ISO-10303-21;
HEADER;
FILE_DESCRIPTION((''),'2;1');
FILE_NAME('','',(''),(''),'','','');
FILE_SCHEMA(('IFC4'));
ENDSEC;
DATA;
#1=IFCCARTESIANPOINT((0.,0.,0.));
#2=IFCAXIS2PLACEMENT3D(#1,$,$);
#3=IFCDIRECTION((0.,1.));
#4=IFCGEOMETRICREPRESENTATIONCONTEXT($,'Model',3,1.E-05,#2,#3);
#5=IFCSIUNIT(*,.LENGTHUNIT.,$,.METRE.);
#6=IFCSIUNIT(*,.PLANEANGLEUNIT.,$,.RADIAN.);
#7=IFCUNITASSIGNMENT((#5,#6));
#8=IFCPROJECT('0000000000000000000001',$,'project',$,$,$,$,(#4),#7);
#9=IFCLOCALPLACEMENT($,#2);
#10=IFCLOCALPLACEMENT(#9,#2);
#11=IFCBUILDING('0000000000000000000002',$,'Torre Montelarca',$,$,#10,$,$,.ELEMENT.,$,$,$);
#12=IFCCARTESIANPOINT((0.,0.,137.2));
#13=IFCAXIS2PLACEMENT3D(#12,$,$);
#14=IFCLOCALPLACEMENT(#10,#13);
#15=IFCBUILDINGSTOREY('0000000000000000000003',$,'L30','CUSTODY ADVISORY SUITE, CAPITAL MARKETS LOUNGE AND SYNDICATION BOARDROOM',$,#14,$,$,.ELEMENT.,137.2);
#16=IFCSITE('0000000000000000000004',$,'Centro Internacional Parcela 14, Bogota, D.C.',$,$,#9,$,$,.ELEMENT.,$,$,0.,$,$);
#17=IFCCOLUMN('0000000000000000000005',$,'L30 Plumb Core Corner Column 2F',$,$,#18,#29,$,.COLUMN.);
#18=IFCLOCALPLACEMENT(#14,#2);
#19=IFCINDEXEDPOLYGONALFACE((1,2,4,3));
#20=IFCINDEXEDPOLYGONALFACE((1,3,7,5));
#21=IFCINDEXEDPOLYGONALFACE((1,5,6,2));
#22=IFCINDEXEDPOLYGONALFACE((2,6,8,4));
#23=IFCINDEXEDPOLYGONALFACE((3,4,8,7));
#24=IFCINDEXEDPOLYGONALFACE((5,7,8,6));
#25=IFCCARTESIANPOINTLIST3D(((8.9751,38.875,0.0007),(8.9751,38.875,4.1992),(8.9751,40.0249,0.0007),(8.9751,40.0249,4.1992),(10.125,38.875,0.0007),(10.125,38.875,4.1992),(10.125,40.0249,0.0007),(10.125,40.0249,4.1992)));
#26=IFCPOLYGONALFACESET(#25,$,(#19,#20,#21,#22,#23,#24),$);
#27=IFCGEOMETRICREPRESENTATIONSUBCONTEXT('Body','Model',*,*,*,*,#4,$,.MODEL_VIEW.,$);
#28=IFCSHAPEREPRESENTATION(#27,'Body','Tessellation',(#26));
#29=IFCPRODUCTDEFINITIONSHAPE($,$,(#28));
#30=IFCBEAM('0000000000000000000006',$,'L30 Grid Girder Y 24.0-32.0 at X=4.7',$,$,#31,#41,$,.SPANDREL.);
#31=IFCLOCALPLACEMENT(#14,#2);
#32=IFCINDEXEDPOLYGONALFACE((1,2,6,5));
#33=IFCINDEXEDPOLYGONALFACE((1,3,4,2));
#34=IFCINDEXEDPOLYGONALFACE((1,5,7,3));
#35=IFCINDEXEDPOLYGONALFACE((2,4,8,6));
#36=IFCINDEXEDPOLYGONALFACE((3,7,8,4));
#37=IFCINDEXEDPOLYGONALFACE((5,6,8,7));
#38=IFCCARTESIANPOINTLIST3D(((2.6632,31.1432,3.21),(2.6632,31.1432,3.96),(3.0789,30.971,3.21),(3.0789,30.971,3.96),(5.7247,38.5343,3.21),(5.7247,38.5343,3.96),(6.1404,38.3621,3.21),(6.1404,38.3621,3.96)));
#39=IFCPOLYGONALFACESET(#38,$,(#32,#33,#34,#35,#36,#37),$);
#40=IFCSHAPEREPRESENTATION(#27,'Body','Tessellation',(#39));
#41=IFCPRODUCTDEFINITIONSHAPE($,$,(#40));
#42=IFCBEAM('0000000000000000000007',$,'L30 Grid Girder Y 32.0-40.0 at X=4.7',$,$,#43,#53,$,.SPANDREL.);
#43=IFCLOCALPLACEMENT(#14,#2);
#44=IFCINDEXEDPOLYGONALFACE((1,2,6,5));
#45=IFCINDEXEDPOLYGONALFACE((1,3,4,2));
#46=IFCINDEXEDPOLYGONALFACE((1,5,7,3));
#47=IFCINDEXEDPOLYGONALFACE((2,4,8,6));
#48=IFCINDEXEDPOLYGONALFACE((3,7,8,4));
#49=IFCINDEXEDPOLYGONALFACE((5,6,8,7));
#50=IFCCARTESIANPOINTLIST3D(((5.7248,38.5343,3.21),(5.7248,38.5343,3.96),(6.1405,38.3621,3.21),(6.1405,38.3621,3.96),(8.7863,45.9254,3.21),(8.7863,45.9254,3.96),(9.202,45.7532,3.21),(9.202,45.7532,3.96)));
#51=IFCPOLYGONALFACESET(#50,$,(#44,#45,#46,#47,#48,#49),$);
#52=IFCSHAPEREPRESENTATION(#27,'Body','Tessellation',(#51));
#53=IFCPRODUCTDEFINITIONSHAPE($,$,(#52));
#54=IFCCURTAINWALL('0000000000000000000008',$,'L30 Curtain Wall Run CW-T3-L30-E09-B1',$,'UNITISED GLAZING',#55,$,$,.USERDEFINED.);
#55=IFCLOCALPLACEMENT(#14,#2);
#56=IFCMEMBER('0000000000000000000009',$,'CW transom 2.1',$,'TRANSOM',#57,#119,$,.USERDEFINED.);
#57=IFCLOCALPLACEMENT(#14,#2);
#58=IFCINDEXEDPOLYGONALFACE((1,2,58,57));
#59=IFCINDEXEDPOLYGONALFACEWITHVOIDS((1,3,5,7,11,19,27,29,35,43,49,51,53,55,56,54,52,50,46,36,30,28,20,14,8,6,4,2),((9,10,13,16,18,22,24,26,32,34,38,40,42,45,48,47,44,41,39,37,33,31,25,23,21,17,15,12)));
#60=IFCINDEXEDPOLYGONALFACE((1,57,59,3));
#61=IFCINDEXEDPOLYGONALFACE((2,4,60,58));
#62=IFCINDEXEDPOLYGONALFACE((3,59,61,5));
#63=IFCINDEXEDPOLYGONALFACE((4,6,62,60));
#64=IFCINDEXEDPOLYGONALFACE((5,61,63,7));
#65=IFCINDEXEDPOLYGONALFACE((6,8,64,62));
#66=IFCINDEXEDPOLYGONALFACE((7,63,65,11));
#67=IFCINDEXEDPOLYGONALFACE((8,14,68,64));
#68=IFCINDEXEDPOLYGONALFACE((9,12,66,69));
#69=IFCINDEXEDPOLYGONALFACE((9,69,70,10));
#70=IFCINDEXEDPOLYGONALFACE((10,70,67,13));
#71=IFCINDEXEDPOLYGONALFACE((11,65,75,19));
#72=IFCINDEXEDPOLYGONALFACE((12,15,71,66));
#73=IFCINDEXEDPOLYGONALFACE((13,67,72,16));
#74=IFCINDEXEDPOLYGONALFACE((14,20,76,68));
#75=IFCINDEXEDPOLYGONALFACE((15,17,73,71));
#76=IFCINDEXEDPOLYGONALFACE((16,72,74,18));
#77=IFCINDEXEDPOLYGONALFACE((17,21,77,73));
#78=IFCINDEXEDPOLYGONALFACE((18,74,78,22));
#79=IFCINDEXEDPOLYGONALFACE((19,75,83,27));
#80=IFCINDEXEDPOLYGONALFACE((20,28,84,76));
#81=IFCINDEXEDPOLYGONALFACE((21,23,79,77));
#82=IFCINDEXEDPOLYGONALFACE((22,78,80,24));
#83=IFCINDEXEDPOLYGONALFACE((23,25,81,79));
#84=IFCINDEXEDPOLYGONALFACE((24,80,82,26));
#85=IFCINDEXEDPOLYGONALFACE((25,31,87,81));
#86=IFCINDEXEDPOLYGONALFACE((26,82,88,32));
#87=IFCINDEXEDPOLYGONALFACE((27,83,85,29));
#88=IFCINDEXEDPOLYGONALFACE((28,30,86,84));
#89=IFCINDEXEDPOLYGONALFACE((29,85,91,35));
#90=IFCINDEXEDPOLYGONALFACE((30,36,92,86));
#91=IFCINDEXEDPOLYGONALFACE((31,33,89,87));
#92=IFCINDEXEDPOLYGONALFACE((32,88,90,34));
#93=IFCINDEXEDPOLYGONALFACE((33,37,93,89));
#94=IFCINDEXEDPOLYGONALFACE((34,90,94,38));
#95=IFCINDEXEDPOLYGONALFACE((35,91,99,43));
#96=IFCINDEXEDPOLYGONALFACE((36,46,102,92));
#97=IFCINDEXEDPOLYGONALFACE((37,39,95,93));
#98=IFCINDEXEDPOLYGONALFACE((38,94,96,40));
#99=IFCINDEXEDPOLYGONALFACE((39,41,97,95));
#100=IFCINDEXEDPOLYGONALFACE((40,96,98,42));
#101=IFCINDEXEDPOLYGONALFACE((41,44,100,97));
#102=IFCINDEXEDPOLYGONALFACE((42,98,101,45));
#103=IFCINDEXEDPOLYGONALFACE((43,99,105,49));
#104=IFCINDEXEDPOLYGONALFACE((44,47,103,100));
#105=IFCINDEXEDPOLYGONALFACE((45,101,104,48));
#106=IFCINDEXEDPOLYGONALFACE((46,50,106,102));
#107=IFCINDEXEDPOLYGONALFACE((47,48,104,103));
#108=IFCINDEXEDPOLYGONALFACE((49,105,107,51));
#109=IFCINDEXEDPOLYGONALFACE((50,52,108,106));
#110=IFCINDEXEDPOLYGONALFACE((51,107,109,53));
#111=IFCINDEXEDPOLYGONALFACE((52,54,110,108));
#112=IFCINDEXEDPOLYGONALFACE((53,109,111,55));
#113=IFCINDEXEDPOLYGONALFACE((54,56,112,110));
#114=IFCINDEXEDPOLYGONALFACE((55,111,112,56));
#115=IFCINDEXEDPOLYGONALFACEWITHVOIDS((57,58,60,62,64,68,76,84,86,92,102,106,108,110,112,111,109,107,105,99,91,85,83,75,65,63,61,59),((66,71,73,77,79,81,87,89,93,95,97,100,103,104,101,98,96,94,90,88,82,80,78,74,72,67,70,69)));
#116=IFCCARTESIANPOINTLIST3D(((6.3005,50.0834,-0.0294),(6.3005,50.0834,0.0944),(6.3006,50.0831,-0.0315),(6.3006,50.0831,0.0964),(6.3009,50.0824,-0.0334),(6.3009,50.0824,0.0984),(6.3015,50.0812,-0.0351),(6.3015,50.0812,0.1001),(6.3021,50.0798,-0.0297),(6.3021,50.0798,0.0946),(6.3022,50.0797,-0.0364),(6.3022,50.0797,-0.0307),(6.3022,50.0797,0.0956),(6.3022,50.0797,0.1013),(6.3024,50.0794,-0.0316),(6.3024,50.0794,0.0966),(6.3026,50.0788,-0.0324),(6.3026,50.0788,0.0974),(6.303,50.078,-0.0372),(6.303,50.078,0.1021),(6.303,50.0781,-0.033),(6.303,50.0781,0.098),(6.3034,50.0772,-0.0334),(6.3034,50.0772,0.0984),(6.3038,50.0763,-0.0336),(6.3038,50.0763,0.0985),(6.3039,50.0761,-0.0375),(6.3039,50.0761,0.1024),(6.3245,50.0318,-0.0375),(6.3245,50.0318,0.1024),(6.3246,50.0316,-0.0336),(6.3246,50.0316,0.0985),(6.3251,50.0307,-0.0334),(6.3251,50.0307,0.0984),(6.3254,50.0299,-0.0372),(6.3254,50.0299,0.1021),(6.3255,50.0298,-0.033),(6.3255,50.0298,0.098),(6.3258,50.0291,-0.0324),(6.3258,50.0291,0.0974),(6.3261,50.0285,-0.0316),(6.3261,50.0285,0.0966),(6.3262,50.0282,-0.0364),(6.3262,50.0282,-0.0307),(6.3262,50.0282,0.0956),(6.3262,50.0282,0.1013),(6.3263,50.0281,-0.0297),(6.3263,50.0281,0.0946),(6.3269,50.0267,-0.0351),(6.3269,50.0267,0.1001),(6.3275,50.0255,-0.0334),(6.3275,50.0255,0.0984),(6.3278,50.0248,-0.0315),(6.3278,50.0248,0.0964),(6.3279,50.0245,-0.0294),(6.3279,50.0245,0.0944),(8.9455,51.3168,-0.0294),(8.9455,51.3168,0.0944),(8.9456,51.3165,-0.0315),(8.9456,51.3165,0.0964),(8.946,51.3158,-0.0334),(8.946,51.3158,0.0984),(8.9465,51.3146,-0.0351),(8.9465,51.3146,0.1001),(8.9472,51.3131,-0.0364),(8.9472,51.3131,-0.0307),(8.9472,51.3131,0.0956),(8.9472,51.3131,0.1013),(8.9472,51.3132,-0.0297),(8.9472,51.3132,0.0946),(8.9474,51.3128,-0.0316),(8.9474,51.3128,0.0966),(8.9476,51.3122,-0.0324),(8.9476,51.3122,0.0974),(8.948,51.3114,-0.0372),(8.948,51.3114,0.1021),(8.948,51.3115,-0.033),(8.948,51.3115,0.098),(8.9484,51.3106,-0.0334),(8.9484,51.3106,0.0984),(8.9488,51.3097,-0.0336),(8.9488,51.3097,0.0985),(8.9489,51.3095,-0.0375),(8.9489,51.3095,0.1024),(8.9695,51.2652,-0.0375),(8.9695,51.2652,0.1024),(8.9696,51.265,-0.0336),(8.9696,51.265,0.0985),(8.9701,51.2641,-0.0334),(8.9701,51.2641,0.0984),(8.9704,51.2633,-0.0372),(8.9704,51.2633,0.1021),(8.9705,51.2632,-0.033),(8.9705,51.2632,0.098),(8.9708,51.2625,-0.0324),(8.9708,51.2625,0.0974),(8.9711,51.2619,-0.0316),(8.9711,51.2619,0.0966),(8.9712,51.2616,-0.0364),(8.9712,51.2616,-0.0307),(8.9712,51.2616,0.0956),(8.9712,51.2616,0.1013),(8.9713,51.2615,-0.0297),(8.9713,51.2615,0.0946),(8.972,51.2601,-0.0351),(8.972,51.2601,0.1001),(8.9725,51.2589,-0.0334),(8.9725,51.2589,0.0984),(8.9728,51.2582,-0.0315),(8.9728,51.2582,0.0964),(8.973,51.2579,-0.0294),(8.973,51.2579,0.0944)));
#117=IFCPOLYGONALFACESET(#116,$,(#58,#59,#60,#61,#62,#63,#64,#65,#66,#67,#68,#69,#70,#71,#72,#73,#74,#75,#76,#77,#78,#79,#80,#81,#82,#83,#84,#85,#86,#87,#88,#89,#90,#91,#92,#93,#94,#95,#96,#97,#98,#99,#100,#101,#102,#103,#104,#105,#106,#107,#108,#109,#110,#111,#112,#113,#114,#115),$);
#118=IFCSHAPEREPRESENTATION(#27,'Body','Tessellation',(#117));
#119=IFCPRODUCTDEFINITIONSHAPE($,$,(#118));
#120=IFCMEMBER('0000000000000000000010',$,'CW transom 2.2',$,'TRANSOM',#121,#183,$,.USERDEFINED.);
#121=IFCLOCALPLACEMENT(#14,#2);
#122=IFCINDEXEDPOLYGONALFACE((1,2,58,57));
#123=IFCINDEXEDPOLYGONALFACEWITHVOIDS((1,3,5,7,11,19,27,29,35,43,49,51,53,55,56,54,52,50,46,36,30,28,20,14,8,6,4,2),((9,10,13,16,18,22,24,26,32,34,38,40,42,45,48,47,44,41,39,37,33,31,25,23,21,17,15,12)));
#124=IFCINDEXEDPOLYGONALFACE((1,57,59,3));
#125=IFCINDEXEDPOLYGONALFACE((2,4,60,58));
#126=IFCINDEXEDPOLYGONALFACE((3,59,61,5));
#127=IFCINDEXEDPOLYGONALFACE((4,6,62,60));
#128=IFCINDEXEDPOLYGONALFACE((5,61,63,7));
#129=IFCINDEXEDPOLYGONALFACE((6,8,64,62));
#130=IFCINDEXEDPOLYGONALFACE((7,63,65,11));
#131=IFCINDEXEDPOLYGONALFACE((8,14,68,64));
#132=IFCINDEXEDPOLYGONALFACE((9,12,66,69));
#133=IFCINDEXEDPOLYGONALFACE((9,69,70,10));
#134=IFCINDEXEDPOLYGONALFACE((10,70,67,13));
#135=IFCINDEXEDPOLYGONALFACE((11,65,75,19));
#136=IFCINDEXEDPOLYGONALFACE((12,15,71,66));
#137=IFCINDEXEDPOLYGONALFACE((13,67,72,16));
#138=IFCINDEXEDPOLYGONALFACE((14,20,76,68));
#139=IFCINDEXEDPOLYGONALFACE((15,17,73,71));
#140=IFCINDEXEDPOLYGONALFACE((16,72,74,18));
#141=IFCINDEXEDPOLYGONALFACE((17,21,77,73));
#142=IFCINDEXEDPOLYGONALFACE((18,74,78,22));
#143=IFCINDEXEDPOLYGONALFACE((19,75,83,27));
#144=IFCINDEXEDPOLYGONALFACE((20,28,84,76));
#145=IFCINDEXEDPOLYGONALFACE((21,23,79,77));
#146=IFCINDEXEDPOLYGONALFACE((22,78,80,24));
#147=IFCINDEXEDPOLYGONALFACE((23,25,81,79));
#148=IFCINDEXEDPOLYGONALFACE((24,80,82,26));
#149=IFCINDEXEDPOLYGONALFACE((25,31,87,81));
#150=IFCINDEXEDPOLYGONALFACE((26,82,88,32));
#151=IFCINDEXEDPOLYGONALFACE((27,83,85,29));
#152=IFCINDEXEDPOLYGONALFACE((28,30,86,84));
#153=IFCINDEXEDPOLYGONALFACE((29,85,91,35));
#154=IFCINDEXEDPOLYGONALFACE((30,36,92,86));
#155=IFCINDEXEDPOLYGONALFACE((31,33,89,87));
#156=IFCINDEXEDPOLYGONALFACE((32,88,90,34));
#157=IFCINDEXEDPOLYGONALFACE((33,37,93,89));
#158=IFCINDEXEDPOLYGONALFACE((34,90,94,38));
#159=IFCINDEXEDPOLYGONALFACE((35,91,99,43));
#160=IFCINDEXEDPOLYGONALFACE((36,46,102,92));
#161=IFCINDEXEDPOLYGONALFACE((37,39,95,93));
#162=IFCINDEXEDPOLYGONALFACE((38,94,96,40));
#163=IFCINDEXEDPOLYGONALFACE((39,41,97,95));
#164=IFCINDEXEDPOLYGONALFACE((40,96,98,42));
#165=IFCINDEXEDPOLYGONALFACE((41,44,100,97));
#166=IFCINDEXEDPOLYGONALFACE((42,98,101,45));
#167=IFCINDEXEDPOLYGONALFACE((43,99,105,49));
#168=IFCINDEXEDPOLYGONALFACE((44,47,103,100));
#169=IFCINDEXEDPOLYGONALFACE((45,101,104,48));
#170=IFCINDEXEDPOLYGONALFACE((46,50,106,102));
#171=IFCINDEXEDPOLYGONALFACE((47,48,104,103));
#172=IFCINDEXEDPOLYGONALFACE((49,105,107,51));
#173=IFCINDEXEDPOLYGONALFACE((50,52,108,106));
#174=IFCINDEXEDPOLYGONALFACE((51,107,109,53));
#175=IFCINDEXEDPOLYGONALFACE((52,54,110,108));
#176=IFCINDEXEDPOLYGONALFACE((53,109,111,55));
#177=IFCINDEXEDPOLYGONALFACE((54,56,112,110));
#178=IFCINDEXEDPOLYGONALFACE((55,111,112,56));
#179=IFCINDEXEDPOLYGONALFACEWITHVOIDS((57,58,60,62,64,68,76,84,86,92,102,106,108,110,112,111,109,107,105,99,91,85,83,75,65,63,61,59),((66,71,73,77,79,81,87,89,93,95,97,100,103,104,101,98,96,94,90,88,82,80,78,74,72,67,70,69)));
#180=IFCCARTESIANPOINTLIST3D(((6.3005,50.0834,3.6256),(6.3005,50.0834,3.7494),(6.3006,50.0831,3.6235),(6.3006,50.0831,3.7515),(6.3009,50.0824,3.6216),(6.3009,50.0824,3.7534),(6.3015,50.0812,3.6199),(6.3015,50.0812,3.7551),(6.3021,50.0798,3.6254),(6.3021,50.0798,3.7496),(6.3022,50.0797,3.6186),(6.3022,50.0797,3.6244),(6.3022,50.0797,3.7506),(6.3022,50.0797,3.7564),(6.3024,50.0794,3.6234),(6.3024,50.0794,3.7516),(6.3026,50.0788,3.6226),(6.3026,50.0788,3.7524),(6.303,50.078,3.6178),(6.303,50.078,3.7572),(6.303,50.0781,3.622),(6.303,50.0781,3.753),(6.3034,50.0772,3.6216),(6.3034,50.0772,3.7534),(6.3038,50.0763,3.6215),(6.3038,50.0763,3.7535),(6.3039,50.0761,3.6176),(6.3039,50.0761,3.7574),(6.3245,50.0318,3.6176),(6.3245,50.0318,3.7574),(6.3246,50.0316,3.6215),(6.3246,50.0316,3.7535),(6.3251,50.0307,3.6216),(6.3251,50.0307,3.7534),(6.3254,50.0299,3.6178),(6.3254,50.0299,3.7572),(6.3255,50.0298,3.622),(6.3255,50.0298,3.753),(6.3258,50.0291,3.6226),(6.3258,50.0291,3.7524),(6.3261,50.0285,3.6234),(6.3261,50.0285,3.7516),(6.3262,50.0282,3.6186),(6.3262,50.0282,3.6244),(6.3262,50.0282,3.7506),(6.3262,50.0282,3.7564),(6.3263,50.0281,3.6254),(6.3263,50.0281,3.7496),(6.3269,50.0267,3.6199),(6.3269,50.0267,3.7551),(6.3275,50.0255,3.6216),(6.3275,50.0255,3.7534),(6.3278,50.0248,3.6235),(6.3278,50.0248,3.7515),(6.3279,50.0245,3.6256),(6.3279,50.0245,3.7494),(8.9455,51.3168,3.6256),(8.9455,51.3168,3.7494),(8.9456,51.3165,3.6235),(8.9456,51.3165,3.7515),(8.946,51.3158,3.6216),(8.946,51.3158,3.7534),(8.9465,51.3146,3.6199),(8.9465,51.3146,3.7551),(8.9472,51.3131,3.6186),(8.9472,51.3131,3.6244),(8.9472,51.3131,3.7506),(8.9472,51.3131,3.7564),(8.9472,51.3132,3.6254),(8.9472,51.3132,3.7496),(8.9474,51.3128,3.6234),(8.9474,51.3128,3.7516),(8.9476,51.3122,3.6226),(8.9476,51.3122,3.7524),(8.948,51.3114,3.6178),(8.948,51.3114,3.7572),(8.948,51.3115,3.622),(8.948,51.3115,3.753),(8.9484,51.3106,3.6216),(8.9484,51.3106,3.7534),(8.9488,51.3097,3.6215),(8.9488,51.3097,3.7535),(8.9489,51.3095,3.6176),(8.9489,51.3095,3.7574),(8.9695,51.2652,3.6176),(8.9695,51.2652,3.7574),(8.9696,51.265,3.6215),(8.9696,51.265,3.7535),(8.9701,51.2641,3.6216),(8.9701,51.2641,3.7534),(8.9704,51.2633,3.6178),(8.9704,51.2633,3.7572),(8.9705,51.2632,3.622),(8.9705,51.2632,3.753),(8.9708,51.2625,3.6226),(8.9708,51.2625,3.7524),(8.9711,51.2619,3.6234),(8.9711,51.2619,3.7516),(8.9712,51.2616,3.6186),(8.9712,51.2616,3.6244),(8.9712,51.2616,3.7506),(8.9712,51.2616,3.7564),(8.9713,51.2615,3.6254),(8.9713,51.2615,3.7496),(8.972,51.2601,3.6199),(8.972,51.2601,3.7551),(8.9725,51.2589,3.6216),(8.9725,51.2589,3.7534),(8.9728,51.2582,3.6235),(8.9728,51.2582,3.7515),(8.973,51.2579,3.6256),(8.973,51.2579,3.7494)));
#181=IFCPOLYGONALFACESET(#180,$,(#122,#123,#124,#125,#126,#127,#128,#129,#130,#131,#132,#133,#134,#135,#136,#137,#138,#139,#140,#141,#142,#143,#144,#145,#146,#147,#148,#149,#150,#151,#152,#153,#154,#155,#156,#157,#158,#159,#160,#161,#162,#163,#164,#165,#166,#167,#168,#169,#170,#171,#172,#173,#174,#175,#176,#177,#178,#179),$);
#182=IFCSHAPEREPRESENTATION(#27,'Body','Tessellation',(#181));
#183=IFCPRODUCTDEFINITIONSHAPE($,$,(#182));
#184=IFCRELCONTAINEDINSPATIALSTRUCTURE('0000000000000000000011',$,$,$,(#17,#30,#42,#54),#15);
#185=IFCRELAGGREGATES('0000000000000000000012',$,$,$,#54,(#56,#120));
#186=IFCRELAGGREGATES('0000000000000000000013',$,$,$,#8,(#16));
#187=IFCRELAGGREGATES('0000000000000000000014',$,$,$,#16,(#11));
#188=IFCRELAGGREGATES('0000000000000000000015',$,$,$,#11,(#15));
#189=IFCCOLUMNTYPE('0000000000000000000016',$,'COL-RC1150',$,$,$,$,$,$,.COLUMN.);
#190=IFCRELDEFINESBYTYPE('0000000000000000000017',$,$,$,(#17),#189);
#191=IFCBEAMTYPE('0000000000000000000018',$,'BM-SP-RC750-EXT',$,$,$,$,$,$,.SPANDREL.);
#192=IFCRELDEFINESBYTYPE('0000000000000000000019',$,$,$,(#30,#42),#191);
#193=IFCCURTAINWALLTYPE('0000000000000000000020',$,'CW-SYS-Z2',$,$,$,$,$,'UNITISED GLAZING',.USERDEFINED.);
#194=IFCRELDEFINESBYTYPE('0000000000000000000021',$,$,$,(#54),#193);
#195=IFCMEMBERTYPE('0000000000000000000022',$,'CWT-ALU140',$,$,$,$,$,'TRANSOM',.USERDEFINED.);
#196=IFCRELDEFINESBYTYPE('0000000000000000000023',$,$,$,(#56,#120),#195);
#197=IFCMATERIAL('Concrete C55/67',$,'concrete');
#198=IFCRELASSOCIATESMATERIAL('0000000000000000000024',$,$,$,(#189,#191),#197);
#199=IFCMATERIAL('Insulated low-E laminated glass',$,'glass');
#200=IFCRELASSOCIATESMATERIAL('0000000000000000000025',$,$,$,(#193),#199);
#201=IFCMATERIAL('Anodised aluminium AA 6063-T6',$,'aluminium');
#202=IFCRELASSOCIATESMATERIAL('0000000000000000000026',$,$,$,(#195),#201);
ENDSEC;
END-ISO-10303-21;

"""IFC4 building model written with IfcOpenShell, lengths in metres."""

from ifc_helpers import new_model, si_unit, direction, frame, origin, origin_2d, place, context, subcontext, project, spatial, rectangle, hollow_rectangle, extrude, source, transform, mapped, material, material_profile, profile_set, type_object, element, aggregate, save


model = new_model("IFC4")

# Units and contexts
model_context = context("Model", 3, precision=1e-05, world=origin(), true_north=direction((0.0, 1.0)))
body_context = subcontext(model_context, "Body", "Model", "MODEL_VIEW")
ifc_project = project(units=[si_unit("LENGTHUNIT", "METRE"), si_unit("PLANEANGLEUNIT", "RADIAN")], contexts=[model_context])

# Site, building, storey
site_placement = place(None, origin())
site = spatial("IfcSite", under=ifc_project, at=site_placement, Name="Centro Internacional Parcela 14, Bogota, D.C.", CompositionType="ELEMENT", RefElevation=0.0)
building_placement = place(site_placement, origin())
building = spatial("IfcBuilding", under=site, at=building_placement, Name="Torre Montelarca", CompositionType="ELEMENT")
storey_placement = place(building_placement, frame((0.0, 0.0, 137.2)))
storey = spatial("IfcBuildingStorey", under=building, at=storey_placement, Name="L30", Description="CUSTODY ADVISORY SUITE, CAPITAL MARKETS LOUNGE AND SYNDICATION BOARDROOM", CompositionType="ELEMENT", Elevation=137.2)

# Column
ifc_material_1 = material(Name="Concrete C55/67", Category="concrete")
ifc_material_profile_1 = material_profile(ifc_material_1, rectangle(XDim=1.1499, YDim=1.1499, at=origin_2d()), Name="RC1150X1150", Category="concrete")
ifc_profile_set_1 = profile_set([ifc_material_profile_1], Name="Concrete C55/67")
column_type_1 = type_object("IfcColumnType", Name="COL-RC1150", PredefinedType="COLUMN", material=ifc_profile_set_1)
shared_shape_1 = source(origin(), body_context, "Body", "SweptSolid", [
    extrude(rectangle(XDim=1.1499, YDim=1.1499, at=origin_2d()), origin(), (0.0, 0.0, 1.0), 4.1985),
])
column_1_placement = place(storey_placement, frame((9.55, 39.45, 0.0007), z_axis=(0.0, 0.0, 1.0), x_axis=(1.0, 0.0, 0.0)))
element("IfcColumn", 1, at=column_1_placement, inside=storey, type_object=column_type_1, Name="L30 Plumb Core Corner Column 2F", PredefinedType="COLUMN", context=body_context, shape_type="MappedRepresentation", body=[
    mapped(shared_shape_1, transform((0.0, 0.0, 0.0), scale=1.0)),
])

# Beams
ifc_material_profile_2 = material_profile(ifc_material_1, rectangle(XDim=0.45, YDim=0.75, at=origin_2d()), Name="RCB450X750", Category="concrete")
ifc_profile_set_2 = profile_set([ifc_material_profile_2], Name="Concrete C55/67")
beam_type = type_object("IfcBeamType", Name="BM-SP-RC750-EXT", PredefinedType="SPANDREL", material=ifc_profile_set_2)
shared_shape_2 = source(origin(), body_context, "Body", "SweptSolid", [
    extrude(rectangle(XDim=0.45, YDim=0.75, at=origin_2d()), origin(), (0.0, 0.0, 1.0), 8.0),
])
for number, where, z_axis, x_axis, name in (
    (2, (2.8711, 31.0571, 3.585), (0.382686, 0.923878, 0.0), (-0.923878, 0.382686, 0.0), "L30 Grid Girder Y 24.0-32.0 at X=4.7"),
    (3, (5.9326, 38.4482, 3.585), (0.382686, 0.923878, 0.0), (-0.923878, 0.382686, 0.0), "L30 Grid Girder Y 32.0-40.0 at X=4.7"),
):
    element("IfcBeam", number, at=place(storey_placement, frame(where, z_axis=z_axis, x_axis=x_axis)), inside=storey, type_object=beam_type, Name=name, PredefinedType="SPANDREL", context=body_context, shape_type="MappedRepresentation", body=[
        mapped(shared_shape_2, transform((0.0, 0.0, 0.0), scale=1.0)),
    ])

# Curtain wall, members
ifc_material_2 = material(Name="Insulated low-E laminated glass", Category="glass")
curtain_wall_type = type_object("IfcCurtainWallType", Name="CW-SYS-Z2", ElementType="UNITISED GLAZING", PredefinedType="USERDEFINED", material=ifc_material_2)
curtain_wall_1_placement = place(storey_placement, origin())
curtain_wall_1 = element("IfcCurtainWall", 4, at=curtain_wall_1_placement, inside=storey, type_object=curtain_wall_type, Name="L30 Curtain Wall Run CW-T3-L30-E09-B1", ObjectType="UNITISED GLAZING", PredefinedType="USERDEFINED")
ifc_material_3 = material(Name="Anodised aluminium AA 6063-T6", Category="aluminium")
ifc_material_profile_3 = material_profile(ifc_material_3, hollow_rectangle(XDim=0.0649, YDim=0.1399, WallThickness=0.0039, InnerFilletRadius=0.0039, OuterFilletRadius=0.0081, at=origin_2d()), Name="ALU65X140X4", Category="aluminium")
ifc_profile_set_3 = profile_set([ifc_material_profile_3], Name="Anodised aluminium AA 6063-T6")
member_type_1 = type_object("IfcMemberType", Name="CWT-ALU140", ElementType="TRANSOM", PredefinedType="USERDEFINED", material=ifc_profile_set_3)
shared_shape_3 = source(origin(), body_context, "Body", "SweptSolid", [
    extrude(hollow_rectangle(XDim=0.0649, YDim=0.1399, WallThickness=0.0039, InnerFilletRadius=0.0039, OuterFilletRadius=0.0081, at=origin_2d()), origin(), (0.0, 0.0, 1.0), 2.9185),
])
member_1_placement = place(storey_placement, frame((8.9592, 51.2874, 0.0325), z_axis=(-0.906307, -0.42262, 0.0), x_axis=(0.42262, -0.906307, 0.0)))
member_1 = element("IfcMember", 5, at=member_1_placement, type_object=member_type_1, Name="CW transom 2.1", ObjectType="TRANSOM", PredefinedType="USERDEFINED", context=body_context, shape_type="MappedRepresentation", body=[
    mapped(shared_shape_3, transform((0.0, 0.0, 0.0), scale=1.0)),
])
member_2_placement = place(storey_placement, frame((8.9592, 51.2874, 3.6875), z_axis=(-0.906307, -0.42262, 0.0), x_axis=(0.42262, -0.906307, 0.0)))
member_2 = element("IfcMember", 6, at=member_2_placement, type_object=member_type_1, Name="CW transom 2.2", ObjectType="TRANSOM", PredefinedType="USERDEFINED", context=body_context, shape_type="MappedRepresentation", body=[
    mapped(shared_shape_3, transform((0.0, 0.0, 0.0), scale=1.0)),
])

aggregate(curtain_wall_1, [member_1, member_2])

save(model, "model.ifc")
